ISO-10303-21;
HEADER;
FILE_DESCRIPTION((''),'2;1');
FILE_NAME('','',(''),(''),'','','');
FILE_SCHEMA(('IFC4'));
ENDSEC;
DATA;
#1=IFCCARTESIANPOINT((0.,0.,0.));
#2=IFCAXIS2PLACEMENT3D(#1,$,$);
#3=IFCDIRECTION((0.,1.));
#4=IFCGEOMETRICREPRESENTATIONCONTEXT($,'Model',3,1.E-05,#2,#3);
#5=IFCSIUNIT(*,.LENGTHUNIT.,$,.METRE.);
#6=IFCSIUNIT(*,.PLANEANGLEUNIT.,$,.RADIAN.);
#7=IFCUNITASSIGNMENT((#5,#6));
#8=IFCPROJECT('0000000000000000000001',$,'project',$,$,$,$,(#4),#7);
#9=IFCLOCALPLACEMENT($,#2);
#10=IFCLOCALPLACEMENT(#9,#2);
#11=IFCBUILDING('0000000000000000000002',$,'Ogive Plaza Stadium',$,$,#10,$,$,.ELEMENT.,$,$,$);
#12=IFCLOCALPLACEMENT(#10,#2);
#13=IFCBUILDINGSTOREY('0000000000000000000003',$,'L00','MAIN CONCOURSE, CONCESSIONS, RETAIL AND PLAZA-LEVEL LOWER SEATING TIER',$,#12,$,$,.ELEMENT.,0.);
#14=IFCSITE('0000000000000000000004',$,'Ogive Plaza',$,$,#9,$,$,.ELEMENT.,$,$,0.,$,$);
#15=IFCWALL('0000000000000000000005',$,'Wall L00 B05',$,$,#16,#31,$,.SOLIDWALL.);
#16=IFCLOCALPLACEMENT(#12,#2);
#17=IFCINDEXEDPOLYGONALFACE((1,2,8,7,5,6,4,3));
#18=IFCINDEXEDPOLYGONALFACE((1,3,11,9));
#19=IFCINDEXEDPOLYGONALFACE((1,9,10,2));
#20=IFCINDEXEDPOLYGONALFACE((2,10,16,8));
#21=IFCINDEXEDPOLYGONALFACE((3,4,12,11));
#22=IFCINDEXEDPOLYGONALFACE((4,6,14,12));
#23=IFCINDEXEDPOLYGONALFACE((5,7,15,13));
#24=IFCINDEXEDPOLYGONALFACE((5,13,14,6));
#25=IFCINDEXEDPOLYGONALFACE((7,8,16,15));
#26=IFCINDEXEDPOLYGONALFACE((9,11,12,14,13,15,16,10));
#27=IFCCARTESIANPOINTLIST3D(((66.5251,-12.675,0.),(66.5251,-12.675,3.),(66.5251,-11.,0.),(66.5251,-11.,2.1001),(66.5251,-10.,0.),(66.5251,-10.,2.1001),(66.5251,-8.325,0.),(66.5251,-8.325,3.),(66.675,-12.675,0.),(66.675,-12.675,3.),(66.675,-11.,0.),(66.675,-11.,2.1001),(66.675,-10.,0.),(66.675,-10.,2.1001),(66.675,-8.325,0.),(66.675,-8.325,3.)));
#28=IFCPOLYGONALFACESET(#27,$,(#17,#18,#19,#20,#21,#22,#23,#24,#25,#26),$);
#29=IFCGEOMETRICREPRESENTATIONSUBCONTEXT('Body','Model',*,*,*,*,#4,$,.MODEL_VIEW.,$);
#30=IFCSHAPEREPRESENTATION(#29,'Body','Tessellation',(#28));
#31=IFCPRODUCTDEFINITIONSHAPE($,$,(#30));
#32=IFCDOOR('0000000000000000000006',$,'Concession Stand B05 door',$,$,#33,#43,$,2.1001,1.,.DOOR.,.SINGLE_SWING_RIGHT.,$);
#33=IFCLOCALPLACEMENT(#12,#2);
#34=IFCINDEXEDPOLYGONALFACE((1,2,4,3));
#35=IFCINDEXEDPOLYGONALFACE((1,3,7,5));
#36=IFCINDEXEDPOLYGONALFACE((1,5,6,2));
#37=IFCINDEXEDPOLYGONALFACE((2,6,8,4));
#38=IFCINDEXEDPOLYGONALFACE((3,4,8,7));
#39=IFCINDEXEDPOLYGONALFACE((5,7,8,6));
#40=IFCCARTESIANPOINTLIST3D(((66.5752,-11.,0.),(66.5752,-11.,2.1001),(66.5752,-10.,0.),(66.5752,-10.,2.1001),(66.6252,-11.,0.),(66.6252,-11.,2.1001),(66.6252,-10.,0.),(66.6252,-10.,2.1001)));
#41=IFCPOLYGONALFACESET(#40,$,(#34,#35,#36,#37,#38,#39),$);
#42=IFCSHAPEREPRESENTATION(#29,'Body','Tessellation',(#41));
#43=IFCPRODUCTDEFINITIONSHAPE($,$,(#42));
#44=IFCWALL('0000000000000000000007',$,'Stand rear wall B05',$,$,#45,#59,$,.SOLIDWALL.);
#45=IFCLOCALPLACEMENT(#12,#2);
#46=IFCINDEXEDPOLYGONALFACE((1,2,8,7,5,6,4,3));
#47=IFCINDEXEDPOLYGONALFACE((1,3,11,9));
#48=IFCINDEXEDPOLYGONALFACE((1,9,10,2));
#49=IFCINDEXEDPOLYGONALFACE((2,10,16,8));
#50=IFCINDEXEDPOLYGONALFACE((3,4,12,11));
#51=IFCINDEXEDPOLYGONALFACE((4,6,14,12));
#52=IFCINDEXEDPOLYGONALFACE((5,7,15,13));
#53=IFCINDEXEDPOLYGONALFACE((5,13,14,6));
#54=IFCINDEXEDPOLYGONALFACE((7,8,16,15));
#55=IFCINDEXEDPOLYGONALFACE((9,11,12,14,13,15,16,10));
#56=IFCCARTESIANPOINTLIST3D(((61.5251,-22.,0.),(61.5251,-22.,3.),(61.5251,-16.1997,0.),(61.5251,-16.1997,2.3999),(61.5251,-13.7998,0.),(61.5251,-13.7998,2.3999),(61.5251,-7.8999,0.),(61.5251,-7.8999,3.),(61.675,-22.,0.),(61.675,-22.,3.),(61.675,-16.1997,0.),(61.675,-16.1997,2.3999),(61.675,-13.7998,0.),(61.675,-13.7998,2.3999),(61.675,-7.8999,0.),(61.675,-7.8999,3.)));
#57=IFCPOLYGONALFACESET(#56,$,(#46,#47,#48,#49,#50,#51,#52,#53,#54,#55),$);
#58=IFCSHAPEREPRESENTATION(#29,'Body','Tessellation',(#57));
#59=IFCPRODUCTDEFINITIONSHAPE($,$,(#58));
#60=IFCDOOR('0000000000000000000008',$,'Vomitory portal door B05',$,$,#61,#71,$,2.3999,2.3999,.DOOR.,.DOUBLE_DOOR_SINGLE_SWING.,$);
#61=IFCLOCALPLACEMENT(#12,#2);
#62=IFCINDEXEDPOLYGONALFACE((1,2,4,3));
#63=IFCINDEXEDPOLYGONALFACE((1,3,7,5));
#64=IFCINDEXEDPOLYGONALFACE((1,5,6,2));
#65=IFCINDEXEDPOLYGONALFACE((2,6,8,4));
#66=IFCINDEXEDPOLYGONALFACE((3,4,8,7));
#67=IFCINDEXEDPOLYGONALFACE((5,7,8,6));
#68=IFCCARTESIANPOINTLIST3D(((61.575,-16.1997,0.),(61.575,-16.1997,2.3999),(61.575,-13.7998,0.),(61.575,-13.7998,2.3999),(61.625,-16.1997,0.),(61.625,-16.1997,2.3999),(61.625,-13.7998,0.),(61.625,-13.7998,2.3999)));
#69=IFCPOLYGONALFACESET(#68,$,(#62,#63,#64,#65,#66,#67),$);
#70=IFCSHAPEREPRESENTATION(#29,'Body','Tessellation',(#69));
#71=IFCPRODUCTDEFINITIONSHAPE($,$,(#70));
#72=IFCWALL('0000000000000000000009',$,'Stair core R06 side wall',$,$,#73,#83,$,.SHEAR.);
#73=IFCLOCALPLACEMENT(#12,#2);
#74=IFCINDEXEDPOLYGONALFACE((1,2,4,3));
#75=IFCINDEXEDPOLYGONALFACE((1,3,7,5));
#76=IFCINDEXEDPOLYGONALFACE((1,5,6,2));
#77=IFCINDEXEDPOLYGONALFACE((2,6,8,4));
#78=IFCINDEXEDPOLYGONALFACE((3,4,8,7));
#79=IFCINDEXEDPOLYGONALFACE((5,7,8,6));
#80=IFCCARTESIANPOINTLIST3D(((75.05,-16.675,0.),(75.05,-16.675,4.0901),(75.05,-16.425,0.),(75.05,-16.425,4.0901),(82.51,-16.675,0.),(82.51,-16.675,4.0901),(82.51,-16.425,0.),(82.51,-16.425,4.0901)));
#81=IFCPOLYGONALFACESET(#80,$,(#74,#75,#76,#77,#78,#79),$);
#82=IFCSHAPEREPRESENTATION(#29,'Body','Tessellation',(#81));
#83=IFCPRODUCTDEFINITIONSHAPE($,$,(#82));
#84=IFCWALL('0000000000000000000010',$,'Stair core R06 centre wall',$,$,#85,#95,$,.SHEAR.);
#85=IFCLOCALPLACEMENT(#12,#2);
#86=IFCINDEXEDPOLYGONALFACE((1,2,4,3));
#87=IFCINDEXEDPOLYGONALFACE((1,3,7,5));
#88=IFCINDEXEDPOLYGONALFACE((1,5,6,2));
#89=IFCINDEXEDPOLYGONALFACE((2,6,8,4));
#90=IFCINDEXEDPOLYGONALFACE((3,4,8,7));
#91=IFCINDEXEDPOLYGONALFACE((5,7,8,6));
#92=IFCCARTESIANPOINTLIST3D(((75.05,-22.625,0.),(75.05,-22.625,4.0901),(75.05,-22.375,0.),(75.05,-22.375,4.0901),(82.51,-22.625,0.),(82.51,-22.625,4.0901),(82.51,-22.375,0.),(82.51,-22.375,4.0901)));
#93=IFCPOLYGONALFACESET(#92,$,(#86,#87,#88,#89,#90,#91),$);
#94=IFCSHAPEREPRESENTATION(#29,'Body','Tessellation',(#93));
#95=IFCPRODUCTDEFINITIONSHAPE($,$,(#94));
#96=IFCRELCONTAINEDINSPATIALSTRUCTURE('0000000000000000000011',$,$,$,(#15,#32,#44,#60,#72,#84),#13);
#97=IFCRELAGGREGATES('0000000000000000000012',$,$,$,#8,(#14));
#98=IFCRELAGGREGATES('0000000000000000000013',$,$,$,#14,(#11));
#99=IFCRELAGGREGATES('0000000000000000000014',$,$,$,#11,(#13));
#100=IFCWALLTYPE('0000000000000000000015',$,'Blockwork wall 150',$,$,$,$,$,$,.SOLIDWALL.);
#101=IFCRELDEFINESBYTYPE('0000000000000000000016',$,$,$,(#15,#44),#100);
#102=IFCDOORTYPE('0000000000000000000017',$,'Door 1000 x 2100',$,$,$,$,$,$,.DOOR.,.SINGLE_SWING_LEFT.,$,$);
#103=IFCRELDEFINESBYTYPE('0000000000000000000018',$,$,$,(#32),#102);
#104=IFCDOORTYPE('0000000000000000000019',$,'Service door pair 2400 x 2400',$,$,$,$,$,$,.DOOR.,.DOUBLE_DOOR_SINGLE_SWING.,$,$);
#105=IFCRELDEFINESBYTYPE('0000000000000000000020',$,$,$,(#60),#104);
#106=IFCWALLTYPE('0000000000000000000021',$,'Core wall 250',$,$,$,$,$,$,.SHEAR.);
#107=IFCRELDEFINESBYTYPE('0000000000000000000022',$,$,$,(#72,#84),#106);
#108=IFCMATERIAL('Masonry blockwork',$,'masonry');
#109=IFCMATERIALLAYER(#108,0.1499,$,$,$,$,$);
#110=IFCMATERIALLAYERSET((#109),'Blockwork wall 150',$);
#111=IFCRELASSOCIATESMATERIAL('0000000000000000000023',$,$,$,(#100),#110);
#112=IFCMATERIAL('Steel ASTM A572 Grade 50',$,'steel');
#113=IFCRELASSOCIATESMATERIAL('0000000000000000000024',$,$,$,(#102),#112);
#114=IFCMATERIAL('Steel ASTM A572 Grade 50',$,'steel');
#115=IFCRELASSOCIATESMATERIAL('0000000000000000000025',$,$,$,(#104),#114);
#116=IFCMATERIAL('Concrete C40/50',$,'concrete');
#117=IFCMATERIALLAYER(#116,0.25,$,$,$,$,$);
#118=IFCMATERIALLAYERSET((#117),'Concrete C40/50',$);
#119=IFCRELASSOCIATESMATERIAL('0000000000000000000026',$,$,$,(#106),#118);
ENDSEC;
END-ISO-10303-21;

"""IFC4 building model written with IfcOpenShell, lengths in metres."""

from ifc_helpers import new_model, si_unit, direction, frame, frame_2d, origin, place, context, subcontext, project, spatial, rectangle, extrude, material, layer, layer_set, type_object, element, fill, save


model = new_model("IFC4")

# Units and contexts
model_context = context("Model", 3, precision=1e-05, world=origin(), true_north=direction((0.0, 1.0)))
body_context = subcontext(model_context, "Body", "Model", "MODEL_VIEW")
ifc_project = project(units=[si_unit("LENGTHUNIT", "METRE"), si_unit("PLANEANGLEUNIT", "RADIAN")], contexts=[model_context])

# Site, building, storey
site_placement = place(None, origin())
site = spatial("IfcSite", under=ifc_project, at=site_placement, Name="Ogive Plaza", CompositionType="ELEMENT", RefElevation=0.0)
building_placement = place(site_placement, origin())
building = spatial("IfcBuilding", under=site, at=building_placement, Name="Ogive Plaza Stadium", CompositionType="ELEMENT")
storey_placement = place(building_placement, origin())
storey = spatial("IfcBuildingStorey", under=building, at=storey_placement, Name="L00", Description="MAIN CONCOURSE, CONCESSIONS, RETAIL AND PLAZA-LEVEL LOWER SEATING TIER", CompositionType="ELEMENT", Elevation=0.0)

# Shared definitions
ifc_material_1 = material(Name="Masonry blockwork", Category="masonry")
ifc_layer_1 = layer(ifc_material_1, 0.1499)
ifc_layer_set_1 = layer_set([ifc_layer_1], Name="Blockwork wall 150")
wall_type_1 = type_object("IfcWallType", Name="Blockwork wall 150", PredefinedType="SOLIDWALL", material=ifc_layer_set_1)

# Walls, openings, doors
ifc_material_2 = material(Name="Steel ASTM A572 Grade 50", Category="steel")
door_type_1 = type_object("IfcDoorType", Name="Door 1000 x 2100", OperationType="SINGLE_SWING_LEFT", PredefinedType="DOOR", material=ifc_material_2)
wall_1_placement = place(storey_placement, frame((66.6001, -12.675, 0.0), z_axis=(0.0, 0.0, 1.0), x_axis=(0.0, 1.0, 0.0)))
wall_1 = element("IfcWall", 1, at=wall_1_placement, inside=storey, type_object=wall_type_1, Name="Wall L00 B05", PredefinedType="SOLIDWALL", context=body_context, shape_type="SweptSolid", body=[
    extrude(rectangle(XDim=4.3501, YDim=0.1499, at=frame_2d((2.175, 0.0))), origin(), (0.0, 0.0, 1.0), 3.0),
])
opening_1_placement = place(wall_1_placement, frame((1.675, 0.0, 0.0)))
opening_1 = element("IfcOpeningElement", 2, at=opening_1_placement, cuts=wall_1, PredefinedType="OPENING", context=body_context, shape_type="SweptSolid", body=[
    extrude(rectangle(XDim=1.0, YDim=2.1001, at=frame_2d((0.5, 1.05))), frame((0.0, 0.075, 0.0), z_axis=(0.0, -1.0, 0.0), x_axis=(1.0, 0.0, 0.0)), (0.0, 0.0, 1.0), 0.1499),
])
door_1_placement = place(opening_1_placement, origin())
door_1 = element("IfcDoor", 3, at=door_1_placement, inside=storey, type_object=door_type_1, Name="Concession Stand B05 door", OperationType="SINGLE_SWING_RIGHT", OverallHeight=2.1001, OverallWidth=1.0, PredefinedType="DOOR", context=body_context, shape_type="SweptSolid", body=[
    extrude(rectangle(XDim=1.0, YDim=2.1001, at=frame_2d((0.5, 1.05))), frame((0.0, 0.0249, 0.0), z_axis=(0.0, -1.0, 0.0), x_axis=(1.0, 0.0, 0.0)), (0.0, 0.0, 1.0), 0.05),
])
fill(opening_1, door_1)
wall_2_placement = place(storey_placement, frame((61.6001, -7.8999, 0.0), z_axis=(0.0, 0.0, 1.0), x_axis=(0.0, -1.0, 0.0)))
wall_2 = element("IfcWall", 4, at=wall_2_placement, inside=storey, type_object=wall_type_1, Name="Stand rear wall B05", PredefinedType="SOLIDWALL", context=body_context, shape_type="SweptSolid", body=[
    extrude(rectangle(XDim=14.1001, YDim=0.1499, at=frame_2d((7.05, 0.0))), origin(), (0.0, 0.0, 1.0), 3.0),
])
opening_2_placement = place(wall_2_placement, frame((5.8999, 0.0, 0.0)))
opening_2 = element("IfcOpeningElement", 5, at=opening_2_placement, cuts=wall_2, PredefinedType="OPENING", context=body_context, shape_type="SweptSolid", body=[
    extrude(rectangle(XDim=2.3999, YDim=2.3999, at=frame_2d((1.2, 1.2))), frame((0.0, 0.075, 0.0), z_axis=(0.0, -1.0, 0.0), x_axis=(1.0, 0.0, 0.0)), (0.0, 0.0, 1.0), 0.1499),
])
ifc_material_3 = material(Name="Steel ASTM A572 Grade 50", Category="steel")
door_type_2 = type_object("IfcDoorType", Name="Service door pair 2400 x 2400", OperationType="DOUBLE_DOOR_SINGLE_SWING", PredefinedType="DOOR", material=ifc_material_3)
door_2_placement = place(opening_2_placement, origin())
door_2 = element("IfcDoor", 6, at=door_2_placement, inside=storey, type_object=door_type_2, Name="Vomitory portal door B05", OperationType="DOUBLE_DOOR_SINGLE_SWING", OverallHeight=2.3999, OverallWidth=2.3999, PredefinedType="DOOR", context=body_context, shape_type="SweptSolid", body=[
    extrude(rectangle(XDim=2.3999, YDim=2.3999, at=frame_2d((1.2, 1.2))), frame((0.0, 0.0249, 0.0), z_axis=(0.0, -1.0, 0.0), x_axis=(1.0, 0.0, 0.0)), (0.0, 0.0, 1.0), 0.05),
])
fill(opening_2, door_2)

# Walls
ifc_material_4 = material(Name="Concrete C40/50", Category="concrete")
ifc_layer_2 = layer(ifc_material_4, 0.25)
ifc_layer_set_2 = layer_set([ifc_layer_2], Name="Concrete C40/50")
wall_type_2 = type_object("IfcWallType", Name="Core wall 250", PredefinedType="SHEAR", material=ifc_layer_set_2)
for number, where, z_axis, x_axis, name in (
    (7, (75.05, -16.55, 0.0), (0.0, 0.0, 1.0), (1.0, 0.0, 0.0), "Stair core R06 side wall"),
    (8, (75.05, -22.5, 0.0), (0.0, 0.0, 1.0), (1.0, 0.0, 0.0), "Stair core R06 centre wall"),
):
    element("IfcWall", number, at=place(storey_placement, frame(where, z_axis=z_axis, x_axis=x_axis)), inside=storey, type_object=wall_type_2, Name=name, PredefinedType="SHEAR", context=body_context, shape_type="SweptSolid", body=[
        extrude(rectangle(XDim=7.46, YDim=0.25, at=frame_2d((3.73, 0.0))), origin(), (0.0, 0.0, 1.0), 4.0901),
    ])

save(model, "model.ifc")
